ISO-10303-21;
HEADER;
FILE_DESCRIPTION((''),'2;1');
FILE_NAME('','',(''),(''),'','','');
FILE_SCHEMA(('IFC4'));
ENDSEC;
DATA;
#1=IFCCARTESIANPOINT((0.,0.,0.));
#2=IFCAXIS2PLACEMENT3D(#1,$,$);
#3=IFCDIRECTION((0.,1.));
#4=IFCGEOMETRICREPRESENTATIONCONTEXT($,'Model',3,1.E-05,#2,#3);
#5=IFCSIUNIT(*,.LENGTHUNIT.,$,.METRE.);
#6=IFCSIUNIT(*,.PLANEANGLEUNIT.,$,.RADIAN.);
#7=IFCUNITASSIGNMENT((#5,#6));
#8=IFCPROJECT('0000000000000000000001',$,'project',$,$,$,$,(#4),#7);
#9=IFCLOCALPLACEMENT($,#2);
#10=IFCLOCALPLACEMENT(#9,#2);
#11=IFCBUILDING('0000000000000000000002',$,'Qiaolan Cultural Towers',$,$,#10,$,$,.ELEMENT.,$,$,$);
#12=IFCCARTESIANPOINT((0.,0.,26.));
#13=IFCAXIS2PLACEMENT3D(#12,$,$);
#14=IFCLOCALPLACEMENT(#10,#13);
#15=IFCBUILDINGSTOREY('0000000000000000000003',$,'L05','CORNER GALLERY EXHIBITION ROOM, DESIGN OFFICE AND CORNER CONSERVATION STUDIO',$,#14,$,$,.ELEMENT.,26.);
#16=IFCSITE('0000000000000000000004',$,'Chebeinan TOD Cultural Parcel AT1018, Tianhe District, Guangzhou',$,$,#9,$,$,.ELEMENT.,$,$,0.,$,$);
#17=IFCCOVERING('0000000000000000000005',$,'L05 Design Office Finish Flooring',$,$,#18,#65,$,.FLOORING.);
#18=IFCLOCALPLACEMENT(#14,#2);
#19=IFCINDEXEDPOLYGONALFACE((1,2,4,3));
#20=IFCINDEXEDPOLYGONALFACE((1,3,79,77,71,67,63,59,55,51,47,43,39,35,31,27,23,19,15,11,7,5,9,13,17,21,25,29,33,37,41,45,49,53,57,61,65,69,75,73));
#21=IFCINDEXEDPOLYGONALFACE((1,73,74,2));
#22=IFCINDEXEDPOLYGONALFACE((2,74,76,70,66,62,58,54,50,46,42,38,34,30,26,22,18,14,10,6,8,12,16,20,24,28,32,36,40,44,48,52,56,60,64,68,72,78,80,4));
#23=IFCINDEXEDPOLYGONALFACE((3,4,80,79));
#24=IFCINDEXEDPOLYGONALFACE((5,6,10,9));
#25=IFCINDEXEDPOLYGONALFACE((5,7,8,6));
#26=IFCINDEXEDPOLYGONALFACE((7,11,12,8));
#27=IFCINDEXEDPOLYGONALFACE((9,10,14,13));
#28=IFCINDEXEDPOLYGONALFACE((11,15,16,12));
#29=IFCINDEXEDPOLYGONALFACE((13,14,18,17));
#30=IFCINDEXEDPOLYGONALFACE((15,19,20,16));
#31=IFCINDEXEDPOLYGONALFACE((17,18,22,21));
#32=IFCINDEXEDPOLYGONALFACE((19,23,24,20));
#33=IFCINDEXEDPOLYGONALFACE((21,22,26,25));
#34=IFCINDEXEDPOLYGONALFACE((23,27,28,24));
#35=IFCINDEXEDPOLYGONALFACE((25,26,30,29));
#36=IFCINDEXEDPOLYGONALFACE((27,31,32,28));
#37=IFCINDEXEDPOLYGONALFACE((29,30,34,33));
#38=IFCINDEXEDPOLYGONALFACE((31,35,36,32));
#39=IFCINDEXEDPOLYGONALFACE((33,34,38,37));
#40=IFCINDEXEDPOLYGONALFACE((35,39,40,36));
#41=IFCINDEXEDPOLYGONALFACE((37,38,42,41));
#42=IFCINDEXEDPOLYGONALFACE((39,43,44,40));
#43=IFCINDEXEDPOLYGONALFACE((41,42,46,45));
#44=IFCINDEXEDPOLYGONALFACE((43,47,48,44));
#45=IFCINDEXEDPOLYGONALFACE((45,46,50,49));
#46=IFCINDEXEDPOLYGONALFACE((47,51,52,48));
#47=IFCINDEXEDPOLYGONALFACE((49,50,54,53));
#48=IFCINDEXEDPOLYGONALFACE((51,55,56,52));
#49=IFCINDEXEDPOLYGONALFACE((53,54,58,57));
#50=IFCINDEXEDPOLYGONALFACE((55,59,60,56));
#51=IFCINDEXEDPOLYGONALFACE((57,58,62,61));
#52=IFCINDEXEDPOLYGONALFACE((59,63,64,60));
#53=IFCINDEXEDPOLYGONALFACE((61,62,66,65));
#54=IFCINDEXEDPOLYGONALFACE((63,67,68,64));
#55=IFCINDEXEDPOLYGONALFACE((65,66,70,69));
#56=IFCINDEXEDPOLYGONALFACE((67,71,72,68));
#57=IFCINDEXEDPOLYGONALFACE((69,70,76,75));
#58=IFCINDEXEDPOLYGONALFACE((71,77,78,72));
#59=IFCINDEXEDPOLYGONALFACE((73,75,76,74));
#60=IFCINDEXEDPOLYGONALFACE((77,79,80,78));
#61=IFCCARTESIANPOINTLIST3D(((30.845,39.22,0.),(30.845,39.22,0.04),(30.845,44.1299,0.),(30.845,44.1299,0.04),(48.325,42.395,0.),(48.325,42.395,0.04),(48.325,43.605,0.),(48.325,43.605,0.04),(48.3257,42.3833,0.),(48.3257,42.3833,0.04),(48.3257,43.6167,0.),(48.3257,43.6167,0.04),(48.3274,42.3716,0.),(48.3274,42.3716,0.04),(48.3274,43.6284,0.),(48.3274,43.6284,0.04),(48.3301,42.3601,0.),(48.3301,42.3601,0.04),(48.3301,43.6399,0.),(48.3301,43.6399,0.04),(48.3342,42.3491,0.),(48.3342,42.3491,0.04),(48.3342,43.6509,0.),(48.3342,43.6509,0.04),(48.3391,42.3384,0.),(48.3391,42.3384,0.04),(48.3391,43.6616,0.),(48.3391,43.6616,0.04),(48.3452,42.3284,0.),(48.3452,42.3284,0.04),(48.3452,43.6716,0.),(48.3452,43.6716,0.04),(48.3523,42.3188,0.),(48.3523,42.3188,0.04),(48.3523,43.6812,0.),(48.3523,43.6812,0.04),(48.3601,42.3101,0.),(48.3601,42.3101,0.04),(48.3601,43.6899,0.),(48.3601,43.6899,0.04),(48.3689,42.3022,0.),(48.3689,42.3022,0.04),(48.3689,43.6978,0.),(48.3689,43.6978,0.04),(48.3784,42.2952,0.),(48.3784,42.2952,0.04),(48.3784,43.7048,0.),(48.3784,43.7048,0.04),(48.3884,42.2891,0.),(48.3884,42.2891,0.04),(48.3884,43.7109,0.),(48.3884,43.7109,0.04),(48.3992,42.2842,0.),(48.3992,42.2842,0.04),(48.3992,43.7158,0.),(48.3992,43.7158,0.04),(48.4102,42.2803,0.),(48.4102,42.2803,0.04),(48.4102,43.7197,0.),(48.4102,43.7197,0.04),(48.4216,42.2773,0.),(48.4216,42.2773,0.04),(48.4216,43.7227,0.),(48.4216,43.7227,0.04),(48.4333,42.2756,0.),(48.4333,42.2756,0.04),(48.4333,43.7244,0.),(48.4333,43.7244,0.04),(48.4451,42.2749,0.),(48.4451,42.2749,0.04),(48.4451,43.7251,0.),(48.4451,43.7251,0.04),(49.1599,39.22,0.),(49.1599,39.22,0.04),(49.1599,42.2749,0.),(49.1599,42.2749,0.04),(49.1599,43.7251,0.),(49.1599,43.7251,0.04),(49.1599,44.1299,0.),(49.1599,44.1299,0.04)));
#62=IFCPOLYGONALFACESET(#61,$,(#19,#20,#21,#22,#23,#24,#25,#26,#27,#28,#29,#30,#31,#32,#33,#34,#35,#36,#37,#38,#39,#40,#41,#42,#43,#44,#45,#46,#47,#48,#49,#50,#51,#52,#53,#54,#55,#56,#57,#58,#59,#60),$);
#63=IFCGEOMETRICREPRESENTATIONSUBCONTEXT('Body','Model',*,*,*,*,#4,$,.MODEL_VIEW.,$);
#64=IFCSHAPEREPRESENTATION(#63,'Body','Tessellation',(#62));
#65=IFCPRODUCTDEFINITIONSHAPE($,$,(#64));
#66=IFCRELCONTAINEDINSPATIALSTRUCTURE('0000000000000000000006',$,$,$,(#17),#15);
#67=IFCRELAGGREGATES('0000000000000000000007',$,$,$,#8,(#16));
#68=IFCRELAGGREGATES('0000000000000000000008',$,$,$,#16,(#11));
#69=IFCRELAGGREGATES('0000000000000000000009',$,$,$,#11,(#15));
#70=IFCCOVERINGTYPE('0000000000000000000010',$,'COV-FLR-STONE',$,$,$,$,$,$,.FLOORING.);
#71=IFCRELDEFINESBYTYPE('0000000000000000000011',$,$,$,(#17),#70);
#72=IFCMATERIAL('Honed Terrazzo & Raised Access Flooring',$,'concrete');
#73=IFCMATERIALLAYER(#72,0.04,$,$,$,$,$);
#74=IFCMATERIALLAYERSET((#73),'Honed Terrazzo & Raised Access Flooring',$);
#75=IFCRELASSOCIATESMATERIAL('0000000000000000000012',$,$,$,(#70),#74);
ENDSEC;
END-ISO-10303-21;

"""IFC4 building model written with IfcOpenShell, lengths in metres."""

from ifc_helpers import new_model, si_unit, direction, frame, origin, place, context, subcontext, project, spatial, polyline, outline, extrude, material, layer, layer_set, type_object, element, save


model = new_model("IFC4")

# Units and contexts
model_context = context("Model", 3, precision=1e-05, world=origin(), true_north=direction((0.0, 1.0)))
body_context = subcontext(model_context, "Body", "Model", "MODEL_VIEW")
ifc_project = project(units=[si_unit("LENGTHUNIT", "METRE"), si_unit("PLANEANGLEUNIT", "RADIAN")], contexts=[model_context])

# Site, building, storey
site_placement = place(None, origin())
site = spatial("IfcSite", under=ifc_project, at=site_placement, Name="Chebeinan TOD Cultural Parcel AT1018, Tianhe District, Guangzhou", CompositionType="ELEMENT", RefElevation=0.0)
building_placement = place(site_placement, origin())
building = spatial("IfcBuilding", under=site, at=building_placement, Name="Qiaolan Cultural Towers", CompositionType="ELEMENT")
storey_placement = place(building_placement, frame((0.0, 0.0, 26.0)))
storey = spatial("IfcBuildingStorey", under=building, at=storey_placement, Name="L05", Description="CORNER GALLERY EXHIBITION ROOM, DESIGN OFFICE AND CORNER CONSERVATION STUDIO", CompositionType="ELEMENT", Elevation=26.0)

# Covering
ifc_material_1 = material(Name="Honed Terrazzo & Raised Access Flooring", Category="concrete")
ifc_layer_1 = layer(ifc_material_1, 0.04)
ifc_layer_set_1 = layer_set([ifc_layer_1], Name="Honed Terrazzo & Raised Access Flooring")
covering_type = type_object("IfcCoveringType", Name="COV-FLR-STONE", PredefinedType="FLOORING", material=ifc_layer_set_1)
covering_1_placement = place(storey_placement, origin())
element("IfcCovering", 1, at=covering_1_placement, inside=storey, type_object=covering_type, Name="L05 Design Office Finish Flooring", PredefinedType="FLOORING", context=body_context, shape_type="SweptSolid", body=[
    extrude(outline(polyline([(49.1599, 42.2749), (48.4451, 42.2749), (48.4333, 42.2756), (48.4216, 42.2773), (48.4102, 42.2803), (48.3992, 42.2842), (48.3884, 42.2891), (48.3784, 42.2952), (48.3689, 42.3022), (48.3601, 42.3101), (48.3523, 42.3188), (48.3452, 42.3284), (48.3391, 42.3384), (48.3342, 42.3491), (48.3301, 42.3601), (48.3274, 42.3716), (48.3257, 42.3833), (48.325, 42.395), (48.325, 43.605), (48.3257, 43.6167), (48.3274, 43.6284), (48.3301, 43.6399), (48.3342, 43.6509), (48.3391, 43.6616), (48.3452, 43.6716), (48.3523, 43.6812), (48.3601, 43.6899), (48.3689, 43.6978), (48.3784, 43.7048), (48.3884, 43.7109), (48.3992, 43.7158), (48.4102, 43.7197), (48.4216, 43.7227), (48.4333, 43.7244), (48.4451, 43.7251), (49.1599, 43.7251), (49.1599, 44.1299), (30.845, 44.1299), (30.845, 39.22), (49.1599, 39.22), (49.1599, 42.2749)])), origin(), (0.0, 0.0, 1.0), 0.04),
])

save(model, "model.ifc")
